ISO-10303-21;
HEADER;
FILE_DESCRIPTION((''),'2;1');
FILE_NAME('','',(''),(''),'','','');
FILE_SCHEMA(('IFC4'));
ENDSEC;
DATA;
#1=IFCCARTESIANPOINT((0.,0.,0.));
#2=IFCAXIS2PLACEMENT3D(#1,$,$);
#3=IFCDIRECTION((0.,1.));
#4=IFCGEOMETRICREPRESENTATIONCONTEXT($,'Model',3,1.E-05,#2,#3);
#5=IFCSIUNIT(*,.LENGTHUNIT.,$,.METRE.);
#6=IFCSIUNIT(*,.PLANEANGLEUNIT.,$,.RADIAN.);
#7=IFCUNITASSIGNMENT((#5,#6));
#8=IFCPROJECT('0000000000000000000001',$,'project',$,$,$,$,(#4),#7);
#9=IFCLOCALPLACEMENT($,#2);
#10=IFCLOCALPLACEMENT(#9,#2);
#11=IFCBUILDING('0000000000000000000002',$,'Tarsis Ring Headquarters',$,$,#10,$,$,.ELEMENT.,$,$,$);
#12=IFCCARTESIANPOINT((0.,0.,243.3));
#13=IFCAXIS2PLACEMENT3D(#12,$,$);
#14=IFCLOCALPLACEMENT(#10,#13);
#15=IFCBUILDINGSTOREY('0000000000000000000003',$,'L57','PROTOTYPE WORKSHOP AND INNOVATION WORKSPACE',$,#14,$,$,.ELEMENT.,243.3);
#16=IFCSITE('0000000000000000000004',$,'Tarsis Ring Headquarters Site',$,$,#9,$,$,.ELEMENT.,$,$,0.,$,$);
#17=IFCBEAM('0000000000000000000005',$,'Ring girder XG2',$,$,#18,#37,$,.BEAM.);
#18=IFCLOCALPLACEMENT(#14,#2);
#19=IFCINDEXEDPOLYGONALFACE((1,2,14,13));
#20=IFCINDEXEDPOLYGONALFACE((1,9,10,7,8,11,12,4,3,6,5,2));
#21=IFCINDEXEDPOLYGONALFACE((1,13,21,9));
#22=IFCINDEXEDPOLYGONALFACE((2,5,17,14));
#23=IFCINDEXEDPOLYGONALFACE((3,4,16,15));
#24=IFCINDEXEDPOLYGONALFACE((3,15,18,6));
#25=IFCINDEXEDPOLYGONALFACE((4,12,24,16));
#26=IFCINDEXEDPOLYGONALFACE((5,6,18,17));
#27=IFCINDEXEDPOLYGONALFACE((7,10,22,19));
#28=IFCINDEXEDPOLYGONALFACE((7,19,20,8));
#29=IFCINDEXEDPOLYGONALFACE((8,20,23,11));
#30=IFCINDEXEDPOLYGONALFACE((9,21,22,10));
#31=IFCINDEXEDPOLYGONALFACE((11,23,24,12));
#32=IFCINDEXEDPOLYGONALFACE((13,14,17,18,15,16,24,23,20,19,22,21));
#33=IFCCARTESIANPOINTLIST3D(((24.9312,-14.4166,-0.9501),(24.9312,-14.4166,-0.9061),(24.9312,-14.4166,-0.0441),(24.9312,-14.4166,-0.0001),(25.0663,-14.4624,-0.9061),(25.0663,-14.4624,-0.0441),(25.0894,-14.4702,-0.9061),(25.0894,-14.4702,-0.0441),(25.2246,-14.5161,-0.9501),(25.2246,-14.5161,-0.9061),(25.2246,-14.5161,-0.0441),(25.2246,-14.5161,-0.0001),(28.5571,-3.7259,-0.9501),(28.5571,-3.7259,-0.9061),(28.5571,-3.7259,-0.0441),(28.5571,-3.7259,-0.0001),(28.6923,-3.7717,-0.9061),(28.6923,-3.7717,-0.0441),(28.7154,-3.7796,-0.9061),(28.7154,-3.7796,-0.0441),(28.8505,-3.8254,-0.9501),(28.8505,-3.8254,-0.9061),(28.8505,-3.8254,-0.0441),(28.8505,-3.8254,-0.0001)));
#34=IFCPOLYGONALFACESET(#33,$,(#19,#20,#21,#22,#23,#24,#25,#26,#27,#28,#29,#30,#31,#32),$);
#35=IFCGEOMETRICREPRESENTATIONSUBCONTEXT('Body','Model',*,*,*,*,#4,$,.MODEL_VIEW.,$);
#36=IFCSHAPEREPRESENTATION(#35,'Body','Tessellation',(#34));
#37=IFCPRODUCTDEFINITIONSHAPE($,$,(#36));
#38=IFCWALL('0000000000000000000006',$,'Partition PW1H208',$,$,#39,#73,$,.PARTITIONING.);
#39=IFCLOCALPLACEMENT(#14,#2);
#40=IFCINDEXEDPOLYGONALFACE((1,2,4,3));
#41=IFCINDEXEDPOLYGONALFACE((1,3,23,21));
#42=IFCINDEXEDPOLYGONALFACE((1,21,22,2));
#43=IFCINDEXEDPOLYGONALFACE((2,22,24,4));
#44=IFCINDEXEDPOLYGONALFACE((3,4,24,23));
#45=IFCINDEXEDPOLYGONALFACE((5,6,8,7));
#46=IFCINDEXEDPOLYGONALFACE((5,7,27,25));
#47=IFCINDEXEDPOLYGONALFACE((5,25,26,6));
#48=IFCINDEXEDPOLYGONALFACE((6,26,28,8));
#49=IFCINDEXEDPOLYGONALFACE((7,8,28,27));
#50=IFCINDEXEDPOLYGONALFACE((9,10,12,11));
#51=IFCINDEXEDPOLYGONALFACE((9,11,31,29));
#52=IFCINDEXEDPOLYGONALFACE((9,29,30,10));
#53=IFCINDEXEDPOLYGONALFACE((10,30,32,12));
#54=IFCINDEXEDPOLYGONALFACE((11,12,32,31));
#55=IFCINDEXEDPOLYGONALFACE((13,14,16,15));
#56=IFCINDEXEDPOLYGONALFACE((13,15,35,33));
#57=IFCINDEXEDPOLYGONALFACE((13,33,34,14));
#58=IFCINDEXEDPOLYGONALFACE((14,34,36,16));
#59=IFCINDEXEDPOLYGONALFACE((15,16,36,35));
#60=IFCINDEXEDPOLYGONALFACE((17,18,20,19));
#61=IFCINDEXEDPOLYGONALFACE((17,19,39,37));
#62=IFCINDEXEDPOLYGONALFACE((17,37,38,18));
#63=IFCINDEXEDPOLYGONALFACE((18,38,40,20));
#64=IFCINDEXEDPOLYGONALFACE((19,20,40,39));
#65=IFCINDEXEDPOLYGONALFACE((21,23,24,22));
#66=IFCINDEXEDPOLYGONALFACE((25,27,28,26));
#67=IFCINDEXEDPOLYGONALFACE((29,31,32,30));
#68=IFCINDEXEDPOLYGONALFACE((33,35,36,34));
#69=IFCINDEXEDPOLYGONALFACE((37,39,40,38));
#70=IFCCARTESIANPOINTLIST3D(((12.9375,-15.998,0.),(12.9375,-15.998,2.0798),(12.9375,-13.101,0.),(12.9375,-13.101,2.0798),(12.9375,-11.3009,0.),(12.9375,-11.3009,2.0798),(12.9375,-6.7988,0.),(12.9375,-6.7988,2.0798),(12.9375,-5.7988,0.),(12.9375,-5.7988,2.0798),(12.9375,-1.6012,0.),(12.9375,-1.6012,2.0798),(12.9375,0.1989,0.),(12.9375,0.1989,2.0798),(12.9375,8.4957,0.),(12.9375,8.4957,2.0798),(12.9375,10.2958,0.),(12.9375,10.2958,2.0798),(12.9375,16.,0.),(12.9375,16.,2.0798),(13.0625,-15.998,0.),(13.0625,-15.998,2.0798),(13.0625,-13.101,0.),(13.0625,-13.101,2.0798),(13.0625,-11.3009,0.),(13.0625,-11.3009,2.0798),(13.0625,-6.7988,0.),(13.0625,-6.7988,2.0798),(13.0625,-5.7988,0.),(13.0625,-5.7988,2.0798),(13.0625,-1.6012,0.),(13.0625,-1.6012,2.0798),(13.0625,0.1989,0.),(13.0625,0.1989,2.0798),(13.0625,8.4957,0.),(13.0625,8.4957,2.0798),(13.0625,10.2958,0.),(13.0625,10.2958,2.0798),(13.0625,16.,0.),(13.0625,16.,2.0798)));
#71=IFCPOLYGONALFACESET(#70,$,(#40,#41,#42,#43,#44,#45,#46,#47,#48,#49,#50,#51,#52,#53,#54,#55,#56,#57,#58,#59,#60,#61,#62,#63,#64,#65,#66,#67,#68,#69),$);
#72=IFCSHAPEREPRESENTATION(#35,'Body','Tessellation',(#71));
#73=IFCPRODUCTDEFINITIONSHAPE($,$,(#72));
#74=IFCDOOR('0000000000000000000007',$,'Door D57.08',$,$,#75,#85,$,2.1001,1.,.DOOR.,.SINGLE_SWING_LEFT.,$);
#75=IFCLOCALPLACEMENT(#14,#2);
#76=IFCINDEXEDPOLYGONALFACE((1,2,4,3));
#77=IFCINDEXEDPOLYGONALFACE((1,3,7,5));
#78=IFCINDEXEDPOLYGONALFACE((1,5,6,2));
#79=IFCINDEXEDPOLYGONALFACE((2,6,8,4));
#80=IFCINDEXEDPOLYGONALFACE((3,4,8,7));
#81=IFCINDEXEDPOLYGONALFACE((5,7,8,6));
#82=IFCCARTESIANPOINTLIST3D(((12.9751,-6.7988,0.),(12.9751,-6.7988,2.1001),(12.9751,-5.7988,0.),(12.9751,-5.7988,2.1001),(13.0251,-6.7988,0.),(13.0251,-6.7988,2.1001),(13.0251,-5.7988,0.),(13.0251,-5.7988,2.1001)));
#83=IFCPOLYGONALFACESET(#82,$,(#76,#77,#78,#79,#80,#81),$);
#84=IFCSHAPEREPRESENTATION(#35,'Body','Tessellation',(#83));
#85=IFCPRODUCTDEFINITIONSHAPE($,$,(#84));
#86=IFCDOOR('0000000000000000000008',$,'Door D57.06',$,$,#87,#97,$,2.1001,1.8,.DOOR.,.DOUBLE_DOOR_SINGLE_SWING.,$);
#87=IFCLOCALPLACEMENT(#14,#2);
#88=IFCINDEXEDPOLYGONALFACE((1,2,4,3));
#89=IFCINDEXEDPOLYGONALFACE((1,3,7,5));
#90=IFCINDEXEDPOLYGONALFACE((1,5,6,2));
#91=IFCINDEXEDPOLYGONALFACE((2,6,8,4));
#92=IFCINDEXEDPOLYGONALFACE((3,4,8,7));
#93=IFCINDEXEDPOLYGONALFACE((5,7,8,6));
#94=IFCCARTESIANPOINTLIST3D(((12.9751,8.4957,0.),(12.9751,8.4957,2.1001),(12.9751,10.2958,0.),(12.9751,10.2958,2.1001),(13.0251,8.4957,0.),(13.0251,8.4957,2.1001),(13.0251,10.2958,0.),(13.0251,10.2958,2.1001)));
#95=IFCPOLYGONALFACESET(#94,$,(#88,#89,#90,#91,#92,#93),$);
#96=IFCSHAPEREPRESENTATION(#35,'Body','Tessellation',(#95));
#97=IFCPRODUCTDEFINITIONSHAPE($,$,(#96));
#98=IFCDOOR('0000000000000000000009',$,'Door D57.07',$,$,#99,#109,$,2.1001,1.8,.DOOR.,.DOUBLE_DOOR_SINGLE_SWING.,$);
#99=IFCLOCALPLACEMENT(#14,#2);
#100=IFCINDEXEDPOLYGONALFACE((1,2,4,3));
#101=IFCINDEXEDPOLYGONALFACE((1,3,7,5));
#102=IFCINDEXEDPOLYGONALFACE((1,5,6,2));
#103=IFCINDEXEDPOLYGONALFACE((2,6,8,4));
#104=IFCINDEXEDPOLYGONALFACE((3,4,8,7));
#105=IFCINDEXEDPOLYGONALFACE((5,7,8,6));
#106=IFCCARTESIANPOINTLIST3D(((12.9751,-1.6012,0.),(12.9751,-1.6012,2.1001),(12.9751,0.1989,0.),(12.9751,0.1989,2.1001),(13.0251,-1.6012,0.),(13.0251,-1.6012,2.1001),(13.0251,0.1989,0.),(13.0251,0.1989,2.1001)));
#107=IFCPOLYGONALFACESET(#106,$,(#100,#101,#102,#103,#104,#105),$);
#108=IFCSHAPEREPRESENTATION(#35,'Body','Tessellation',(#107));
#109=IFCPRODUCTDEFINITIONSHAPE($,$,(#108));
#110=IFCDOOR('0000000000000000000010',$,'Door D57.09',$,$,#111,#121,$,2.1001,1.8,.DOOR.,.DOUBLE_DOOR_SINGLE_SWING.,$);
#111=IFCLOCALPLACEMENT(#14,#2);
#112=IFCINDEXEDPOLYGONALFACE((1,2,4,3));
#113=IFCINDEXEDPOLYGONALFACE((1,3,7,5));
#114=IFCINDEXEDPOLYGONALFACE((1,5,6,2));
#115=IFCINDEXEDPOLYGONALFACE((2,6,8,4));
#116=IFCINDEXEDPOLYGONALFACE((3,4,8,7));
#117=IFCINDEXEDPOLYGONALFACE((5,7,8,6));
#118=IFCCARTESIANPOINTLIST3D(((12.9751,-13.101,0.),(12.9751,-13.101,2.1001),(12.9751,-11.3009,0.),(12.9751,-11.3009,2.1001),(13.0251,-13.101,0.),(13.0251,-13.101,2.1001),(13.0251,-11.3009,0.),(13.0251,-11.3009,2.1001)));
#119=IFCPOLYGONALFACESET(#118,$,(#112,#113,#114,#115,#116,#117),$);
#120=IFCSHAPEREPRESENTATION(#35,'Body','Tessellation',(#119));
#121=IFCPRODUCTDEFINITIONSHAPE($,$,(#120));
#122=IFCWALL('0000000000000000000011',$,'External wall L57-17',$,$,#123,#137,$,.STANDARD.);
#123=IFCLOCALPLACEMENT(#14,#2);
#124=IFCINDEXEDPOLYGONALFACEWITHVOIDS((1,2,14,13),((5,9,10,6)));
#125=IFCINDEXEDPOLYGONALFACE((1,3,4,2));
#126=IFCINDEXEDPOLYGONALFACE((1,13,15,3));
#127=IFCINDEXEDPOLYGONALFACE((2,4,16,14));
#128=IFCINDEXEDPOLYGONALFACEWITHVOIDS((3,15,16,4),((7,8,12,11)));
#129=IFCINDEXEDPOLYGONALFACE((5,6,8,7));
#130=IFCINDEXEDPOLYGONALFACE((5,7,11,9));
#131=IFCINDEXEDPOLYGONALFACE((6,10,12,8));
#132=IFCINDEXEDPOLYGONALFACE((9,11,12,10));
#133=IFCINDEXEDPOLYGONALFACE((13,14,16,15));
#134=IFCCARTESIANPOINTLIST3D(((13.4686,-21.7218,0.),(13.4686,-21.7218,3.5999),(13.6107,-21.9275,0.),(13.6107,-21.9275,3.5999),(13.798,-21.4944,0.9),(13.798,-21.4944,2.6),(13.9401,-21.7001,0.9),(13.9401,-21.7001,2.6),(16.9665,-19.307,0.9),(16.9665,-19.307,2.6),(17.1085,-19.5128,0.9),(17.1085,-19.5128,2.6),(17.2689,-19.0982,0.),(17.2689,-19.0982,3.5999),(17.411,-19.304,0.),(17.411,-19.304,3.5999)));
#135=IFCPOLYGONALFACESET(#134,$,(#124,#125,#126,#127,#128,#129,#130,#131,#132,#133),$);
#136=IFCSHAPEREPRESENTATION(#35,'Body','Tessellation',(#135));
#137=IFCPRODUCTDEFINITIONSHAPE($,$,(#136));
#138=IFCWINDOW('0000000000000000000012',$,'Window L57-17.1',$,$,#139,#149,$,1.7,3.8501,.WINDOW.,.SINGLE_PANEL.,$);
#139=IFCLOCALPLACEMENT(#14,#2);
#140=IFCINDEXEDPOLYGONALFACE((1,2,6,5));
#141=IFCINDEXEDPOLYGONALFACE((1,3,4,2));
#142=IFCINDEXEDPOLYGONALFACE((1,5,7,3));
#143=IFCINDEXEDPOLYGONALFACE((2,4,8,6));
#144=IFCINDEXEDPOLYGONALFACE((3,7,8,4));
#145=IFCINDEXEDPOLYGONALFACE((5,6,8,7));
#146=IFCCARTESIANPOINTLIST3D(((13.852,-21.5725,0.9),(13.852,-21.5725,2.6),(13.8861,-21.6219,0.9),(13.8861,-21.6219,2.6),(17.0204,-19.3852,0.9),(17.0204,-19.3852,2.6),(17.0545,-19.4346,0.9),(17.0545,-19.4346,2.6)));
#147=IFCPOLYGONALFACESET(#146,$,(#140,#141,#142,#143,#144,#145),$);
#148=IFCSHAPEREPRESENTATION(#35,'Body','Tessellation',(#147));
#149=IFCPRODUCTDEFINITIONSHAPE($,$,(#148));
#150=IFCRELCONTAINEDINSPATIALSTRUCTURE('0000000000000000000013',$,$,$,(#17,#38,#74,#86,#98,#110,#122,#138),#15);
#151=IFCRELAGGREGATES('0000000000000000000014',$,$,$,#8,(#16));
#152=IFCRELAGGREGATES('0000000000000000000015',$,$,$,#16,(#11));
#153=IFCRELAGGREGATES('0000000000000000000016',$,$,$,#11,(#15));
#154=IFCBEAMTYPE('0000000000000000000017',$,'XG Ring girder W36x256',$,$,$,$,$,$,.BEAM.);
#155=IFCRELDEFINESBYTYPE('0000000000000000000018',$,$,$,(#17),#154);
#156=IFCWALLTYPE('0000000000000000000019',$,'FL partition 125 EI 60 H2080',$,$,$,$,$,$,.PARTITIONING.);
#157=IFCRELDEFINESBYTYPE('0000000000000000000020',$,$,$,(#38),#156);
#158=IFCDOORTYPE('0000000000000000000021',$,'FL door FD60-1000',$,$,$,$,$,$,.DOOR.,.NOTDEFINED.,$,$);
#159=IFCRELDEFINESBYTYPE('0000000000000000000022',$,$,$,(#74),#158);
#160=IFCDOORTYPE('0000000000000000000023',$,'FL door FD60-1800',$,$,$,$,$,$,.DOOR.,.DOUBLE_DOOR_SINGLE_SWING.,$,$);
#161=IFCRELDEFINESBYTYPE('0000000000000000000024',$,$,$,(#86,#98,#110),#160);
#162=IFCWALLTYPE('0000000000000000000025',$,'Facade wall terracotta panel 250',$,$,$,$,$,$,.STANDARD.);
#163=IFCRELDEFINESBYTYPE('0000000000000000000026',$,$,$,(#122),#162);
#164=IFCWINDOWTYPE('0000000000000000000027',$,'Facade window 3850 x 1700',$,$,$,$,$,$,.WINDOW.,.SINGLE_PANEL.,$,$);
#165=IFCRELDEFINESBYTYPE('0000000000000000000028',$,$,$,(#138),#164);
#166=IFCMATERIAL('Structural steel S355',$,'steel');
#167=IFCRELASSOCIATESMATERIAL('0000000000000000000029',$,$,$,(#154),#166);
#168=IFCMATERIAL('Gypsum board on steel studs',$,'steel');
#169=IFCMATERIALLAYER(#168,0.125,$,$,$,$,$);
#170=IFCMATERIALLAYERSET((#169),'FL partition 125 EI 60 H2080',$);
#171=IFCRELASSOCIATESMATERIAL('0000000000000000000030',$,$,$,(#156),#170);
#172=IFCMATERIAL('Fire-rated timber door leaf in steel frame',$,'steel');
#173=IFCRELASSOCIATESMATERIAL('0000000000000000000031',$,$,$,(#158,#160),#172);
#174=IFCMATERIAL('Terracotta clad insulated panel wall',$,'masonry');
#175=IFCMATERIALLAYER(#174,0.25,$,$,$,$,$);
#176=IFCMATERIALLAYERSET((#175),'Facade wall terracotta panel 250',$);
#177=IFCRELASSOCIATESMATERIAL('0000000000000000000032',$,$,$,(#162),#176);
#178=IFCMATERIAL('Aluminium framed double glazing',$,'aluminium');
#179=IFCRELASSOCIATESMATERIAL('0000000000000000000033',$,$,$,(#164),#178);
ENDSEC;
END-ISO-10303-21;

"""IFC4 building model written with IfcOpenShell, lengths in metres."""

from ifc_helpers import new_model, si_unit, direction, frame, frame_2d, origin, origin_2d, place, context, subcontext, project, spatial, rectangle, i_section, extrude, material, layer, layer_set, material_profile, profile_set, type_object, element, fill, save


model = new_model("IFC4")

# Units and contexts
model_context = context("Model", 3, precision=1e-05, world=origin(), true_north=direction((0.0, 1.0)))
body_context = subcontext(model_context, "Body", "Model", "MODEL_VIEW")
ifc_project = project(units=[si_unit("LENGTHUNIT", "METRE"), si_unit("PLANEANGLEUNIT", "RADIAN")], contexts=[model_context])

# Site, building, storey
site_placement = place(None, origin())
site = spatial("IfcSite", under=ifc_project, at=site_placement, Name="Tarsis Ring Headquarters Site", CompositionType="ELEMENT", RefElevation=0.0)
building_placement = place(site_placement, origin())
building = spatial("IfcBuilding", under=site, at=building_placement, Name="Tarsis Ring Headquarters", CompositionType="ELEMENT")
storey_placement = place(building_placement, frame((0.0, 0.0, 243.3)))
storey = spatial("IfcBuildingStorey", under=building, at=storey_placement, Name="L57", Description="PROTOTYPE WORKSHOP AND INNOVATION WORKSPACE", CompositionType="ELEMENT", Elevation=243.3)

# Shared definitions
ifc_material_1 = material(Name="Structural steel S355", Category="steel")

# Beam
ifc_material_profile_1 = material_profile(ifc_material_1, i_section(OverallWidth=0.3098, OverallDepth=0.95, WebThickness=0.0244, FlangeThickness=0.0439, at=origin_2d()), Name="W36x256")
ifc_profile_set_1 = profile_set([ifc_material_profile_1], Name="Structural steel S355")
beam_type = type_object("IfcBeamType", Name="XG Ring girder W36x256", PredefinedType="BEAM", material=ifc_profile_set_1)
for number, where, z_axis, x_axis, name in (
    (1, (25.0779, -14.4663, -0.4751), (0.3212, 0.947011, 0.0), (-0.947011, 0.3212, 0.0), "Ring girder XG2"),
):
    element("IfcBeam", number, at=place(storey_placement, frame(where, z_axis=z_axis, x_axis=x_axis)), inside=storey, type_object=beam_type, Name=name, PredefinedType="BEAM", context=body_context, shape_type="SweptSolid", body=[
        extrude(i_section(OverallWidth=0.3098, OverallDepth=0.95, WebThickness=0.0244, FlangeThickness=0.0439, at=origin_2d()), origin(), (0.0, 0.0, 1.0), 11.2888),
    ])

# Wall, openings, doors
ifc_material_2 = material(Name="Gypsum board on steel studs", Category="steel")
ifc_layer_1 = layer(ifc_material_2, 0.125)
ifc_layer_set_1 = layer_set([ifc_layer_1], Name="FL partition 125 EI 60 H2080")
wall_type_1 = type_object("IfcWallType", Name="FL partition 125 EI 60 H2080", PredefinedType="PARTITIONING", material=ifc_layer_set_1)
wall_1_placement = place(storey_placement, frame((13.0, -15.998, 0.0), z_axis=(0.0, 0.0, 1.0), x_axis=(0.0, 1.0, 0.0)))
wall_1 = element("IfcWall", 2, at=wall_1_placement, inside=storey, type_object=wall_type_1, Name="Partition PW1H208", PredefinedType="PARTITIONING", context=body_context, shape_type="SweptSolid", body=[
    extrude(rectangle(XDim=31.998, YDim=0.125, at=frame_2d((15.999, 0.0))), origin(), (0.0, 0.0, 1.0), 2.0798),
])
opening_1_placement = place(wall_1_placement, frame((24.4939, 0.0, 0.0)))
opening_1 = element("IfcOpeningElement", 3, at=opening_1_placement, cuts=wall_1, PredefinedType="OPENING", context=body_context, shape_type="SweptSolid", body=[
    extrude(rectangle(XDim=1.8, YDim=2.1001, at=frame_2d((0.8999, 1.05))), frame((0.0, 0.0725, 0.0), z_axis=(0.0, -1.0, 0.0), x_axis=(1.0, 0.0, 0.0)), (0.0, 0.0, 1.0), 0.145),
])
opening_2_placement = place(wall_1_placement, frame((14.397, 0.0, 0.0)))
opening_2 = element("IfcOpeningElement", 4, at=opening_2_placement, cuts=wall_1, PredefinedType="OPENING", context=body_context, shape_type="SweptSolid", body=[
    extrude(rectangle(XDim=1.8, YDim=2.1001, at=frame_2d((0.8999, 1.05))), frame((0.0, 0.0725, 0.0), z_axis=(0.0, -1.0, 0.0), x_axis=(1.0, 0.0, 0.0)), (0.0, 0.0, 1.0), 0.145),
])
opening_3_placement = place(wall_1_placement, frame((9.1992, 0.0, 0.0)))
opening_3 = element("IfcOpeningElement", 5, at=opening_3_placement, cuts=wall_1, PredefinedType="OPENING", context=body_context, shape_type="SweptSolid", body=[
    extrude(rectangle(XDim=1.0, YDim=2.1001, at=frame_2d((0.5, 1.05))), frame((0.0, 0.0725, 0.0), z_axis=(0.0, -1.0, 0.0), x_axis=(1.0, 0.0, 0.0)), (0.0, 0.0, 1.0), 0.145),
])
opening_4_placement = place(wall_1_placement, frame((2.8972, 0.0, 0.0)))
opening_4 = element("IfcOpeningElement", 6, at=opening_4_placement, cuts=wall_1, PredefinedType="OPENING", context=body_context, shape_type="SweptSolid", body=[
    extrude(rectangle(XDim=1.8, YDim=2.1001, at=frame_2d((0.8999, 1.05))), frame((0.0, 0.0725, 0.0), z_axis=(0.0, -1.0, 0.0), x_axis=(1.0, 0.0, 0.0)), (0.0, 0.0, 1.0), 0.145),
])
ifc_material_3 = material(Name="Fire-rated timber door leaf in steel frame", Category="steel")
door_type_1 = type_object("IfcDoorType", Name="FL door FD60-1000", OperationType="NOTDEFINED", PredefinedType="DOOR", material=ifc_material_3)
door_1_placement = place(opening_3_placement, origin())
door_1 = element("IfcDoor", 7, at=door_1_placement, inside=storey, type_object=door_type_1, Name="Door D57.08", OperationType="SINGLE_SWING_LEFT", OverallHeight=2.1001, OverallWidth=1.0, PredefinedType="DOOR", context=body_context, shape_type="SweptSolid", body=[
    extrude(rectangle(XDim=1.0, YDim=2.1001, at=frame_2d((0.5, 1.05))), frame((0.0, 0.0249, 0.0), z_axis=(0.0, -1.0, 0.0), x_axis=(1.0, 0.0, 0.0)), (0.0, 0.0, 1.0), 0.05),
])
fill(opening_3, door_1)
door_type_2 = type_object("IfcDoorType", Name="FL door FD60-1800", OperationType="DOUBLE_DOOR_SINGLE_SWING", PredefinedType="DOOR", material=ifc_material_3)
door_2_placement = place(opening_1_placement, origin())
door_2 = element("IfcDoor", 8, at=door_2_placement, inside=storey, type_object=door_type_2, Name="Door D57.06", OperationType="DOUBLE_DOOR_SINGLE_SWING", OverallHeight=2.1001, OverallWidth=1.8, PredefinedType="DOOR", context=body_context, shape_type="SweptSolid", body=[
    extrude(rectangle(XDim=1.8, YDim=2.1001, at=frame_2d((0.8999, 1.05))), frame((0.0, 0.0249, 0.0), z_axis=(0.0, -1.0, 0.0), x_axis=(1.0, 0.0, 0.0)), (0.0, 0.0, 1.0), 0.05),
])
fill(opening_1, door_2)
door_3_placement = place(opening_2_placement, origin())
door_3 = element("IfcDoor", 9, at=door_3_placement, inside=storey, type_object=door_type_2, Name="Door D57.07", OperationType="DOUBLE_DOOR_SINGLE_SWING", OverallHeight=2.1001, OverallWidth=1.8, PredefinedType="DOOR", context=body_context, shape_type="SweptSolid", body=[
    extrude(rectangle(XDim=1.8, YDim=2.1001, at=frame_2d((0.8999, 1.05))), frame((0.0, 0.0249, 0.0), z_axis=(0.0, -1.0, 0.0), x_axis=(1.0, 0.0, 0.0)), (0.0, 0.0, 1.0), 0.05),
])
fill(opening_2, door_3)
door_4_placement = place(opening_4_placement, origin())
door_4 = element("IfcDoor", 10, at=door_4_placement, inside=storey, type_object=door_type_2, Name="Door D57.09", OperationType="DOUBLE_DOOR_SINGLE_SWING", OverallHeight=2.1001, OverallWidth=1.8, PredefinedType="DOOR", context=body_context, shape_type="SweptSolid", body=[
    extrude(rectangle(XDim=1.8, YDim=2.1001, at=frame_2d((0.8999, 1.05))), frame((0.0, 0.0249, 0.0), z_axis=(0.0, -1.0, 0.0), x_axis=(1.0, 0.0, 0.0)), (0.0, 0.0, 1.0), 0.05),
])
fill(opening_4, door_4)

# Wall, opening, window
ifc_material_4 = material(Name="Terracotta clad insulated panel wall", Category="masonry")
ifc_layer_2 = layer(ifc_material_4, 0.25)
ifc_layer_set_2 = layer_set([ifc_layer_2], Name="Facade wall terracotta panel 250")
wall_type_2 = type_object("IfcWallType", Name="Facade wall terracotta panel 250", PredefinedType="STANDARD", material=ifc_layer_set_2)
wall_2_placement = place(storey_placement, frame((13.5396, -21.8247, 0.0), z_axis=(0.0, 0.0, 1.0), x_axis=(0.822945, 0.568121, 0.0)))
wall_2 = element("IfcWall", 11, at=wall_2_placement, inside=storey, type_object=wall_type_2, Name="External wall L57-17", PredefinedType="STANDARD", context=body_context, shape_type="SweptSolid", body=[
    extrude(rectangle(XDim=4.6179, YDim=0.25, at=frame_2d((2.3091, 0.0))), origin(), (0.0, 0.0, 1.0), 3.5999),
])
opening_5_placement = place(wall_2_placement, frame((0.4004, 0.0, 0.8999)))
opening_5 = element("IfcOpeningElement", 12, at=opening_5_placement, cuts=wall_2, PredefinedType="OPENING", context=body_context, shape_type="SweptSolid", body=[
    extrude(rectangle(XDim=3.8501, YDim=1.7, at=frame_2d((1.925, 0.8501))), frame((0.0, 0.135, 0.0), z_axis=(0.0, -1.0, 0.0), x_axis=(1.0, 0.0, 0.0)), (0.0, 0.0, 1.0), 0.27),
])
ifc_material_5 = material(Name="Aluminium framed double glazing", Category="aluminium")
window_type_1 = type_object("IfcWindowType", Name="Facade window 3850 x 1700", PartitioningType="SINGLE_PANEL", PredefinedType="WINDOW", material=ifc_material_5)
window_1_placement = place(opening_5_placement, origin())
window_1 = element("IfcWindow", 13, at=window_1_placement, inside=storey, type_object=window_type_1, Name="Window L57-17.1", OverallHeight=1.7, OverallWidth=3.8501, PartitioningType="SINGLE_PANEL", PredefinedType="WINDOW", context=body_context, shape_type="SweptSolid", body=[
    extrude(rectangle(XDim=3.8501, YDim=1.7, at=frame_2d((1.925, 0.8501))), frame((0.0, 0.03, 0.0), z_axis=(0.0, -1.0, 0.0), x_axis=(1.0, 0.0, 0.0)), (0.0, 0.0, 1.0), 0.0601),
])
fill(opening_5, window_1)

save(model, "model.ifc")
